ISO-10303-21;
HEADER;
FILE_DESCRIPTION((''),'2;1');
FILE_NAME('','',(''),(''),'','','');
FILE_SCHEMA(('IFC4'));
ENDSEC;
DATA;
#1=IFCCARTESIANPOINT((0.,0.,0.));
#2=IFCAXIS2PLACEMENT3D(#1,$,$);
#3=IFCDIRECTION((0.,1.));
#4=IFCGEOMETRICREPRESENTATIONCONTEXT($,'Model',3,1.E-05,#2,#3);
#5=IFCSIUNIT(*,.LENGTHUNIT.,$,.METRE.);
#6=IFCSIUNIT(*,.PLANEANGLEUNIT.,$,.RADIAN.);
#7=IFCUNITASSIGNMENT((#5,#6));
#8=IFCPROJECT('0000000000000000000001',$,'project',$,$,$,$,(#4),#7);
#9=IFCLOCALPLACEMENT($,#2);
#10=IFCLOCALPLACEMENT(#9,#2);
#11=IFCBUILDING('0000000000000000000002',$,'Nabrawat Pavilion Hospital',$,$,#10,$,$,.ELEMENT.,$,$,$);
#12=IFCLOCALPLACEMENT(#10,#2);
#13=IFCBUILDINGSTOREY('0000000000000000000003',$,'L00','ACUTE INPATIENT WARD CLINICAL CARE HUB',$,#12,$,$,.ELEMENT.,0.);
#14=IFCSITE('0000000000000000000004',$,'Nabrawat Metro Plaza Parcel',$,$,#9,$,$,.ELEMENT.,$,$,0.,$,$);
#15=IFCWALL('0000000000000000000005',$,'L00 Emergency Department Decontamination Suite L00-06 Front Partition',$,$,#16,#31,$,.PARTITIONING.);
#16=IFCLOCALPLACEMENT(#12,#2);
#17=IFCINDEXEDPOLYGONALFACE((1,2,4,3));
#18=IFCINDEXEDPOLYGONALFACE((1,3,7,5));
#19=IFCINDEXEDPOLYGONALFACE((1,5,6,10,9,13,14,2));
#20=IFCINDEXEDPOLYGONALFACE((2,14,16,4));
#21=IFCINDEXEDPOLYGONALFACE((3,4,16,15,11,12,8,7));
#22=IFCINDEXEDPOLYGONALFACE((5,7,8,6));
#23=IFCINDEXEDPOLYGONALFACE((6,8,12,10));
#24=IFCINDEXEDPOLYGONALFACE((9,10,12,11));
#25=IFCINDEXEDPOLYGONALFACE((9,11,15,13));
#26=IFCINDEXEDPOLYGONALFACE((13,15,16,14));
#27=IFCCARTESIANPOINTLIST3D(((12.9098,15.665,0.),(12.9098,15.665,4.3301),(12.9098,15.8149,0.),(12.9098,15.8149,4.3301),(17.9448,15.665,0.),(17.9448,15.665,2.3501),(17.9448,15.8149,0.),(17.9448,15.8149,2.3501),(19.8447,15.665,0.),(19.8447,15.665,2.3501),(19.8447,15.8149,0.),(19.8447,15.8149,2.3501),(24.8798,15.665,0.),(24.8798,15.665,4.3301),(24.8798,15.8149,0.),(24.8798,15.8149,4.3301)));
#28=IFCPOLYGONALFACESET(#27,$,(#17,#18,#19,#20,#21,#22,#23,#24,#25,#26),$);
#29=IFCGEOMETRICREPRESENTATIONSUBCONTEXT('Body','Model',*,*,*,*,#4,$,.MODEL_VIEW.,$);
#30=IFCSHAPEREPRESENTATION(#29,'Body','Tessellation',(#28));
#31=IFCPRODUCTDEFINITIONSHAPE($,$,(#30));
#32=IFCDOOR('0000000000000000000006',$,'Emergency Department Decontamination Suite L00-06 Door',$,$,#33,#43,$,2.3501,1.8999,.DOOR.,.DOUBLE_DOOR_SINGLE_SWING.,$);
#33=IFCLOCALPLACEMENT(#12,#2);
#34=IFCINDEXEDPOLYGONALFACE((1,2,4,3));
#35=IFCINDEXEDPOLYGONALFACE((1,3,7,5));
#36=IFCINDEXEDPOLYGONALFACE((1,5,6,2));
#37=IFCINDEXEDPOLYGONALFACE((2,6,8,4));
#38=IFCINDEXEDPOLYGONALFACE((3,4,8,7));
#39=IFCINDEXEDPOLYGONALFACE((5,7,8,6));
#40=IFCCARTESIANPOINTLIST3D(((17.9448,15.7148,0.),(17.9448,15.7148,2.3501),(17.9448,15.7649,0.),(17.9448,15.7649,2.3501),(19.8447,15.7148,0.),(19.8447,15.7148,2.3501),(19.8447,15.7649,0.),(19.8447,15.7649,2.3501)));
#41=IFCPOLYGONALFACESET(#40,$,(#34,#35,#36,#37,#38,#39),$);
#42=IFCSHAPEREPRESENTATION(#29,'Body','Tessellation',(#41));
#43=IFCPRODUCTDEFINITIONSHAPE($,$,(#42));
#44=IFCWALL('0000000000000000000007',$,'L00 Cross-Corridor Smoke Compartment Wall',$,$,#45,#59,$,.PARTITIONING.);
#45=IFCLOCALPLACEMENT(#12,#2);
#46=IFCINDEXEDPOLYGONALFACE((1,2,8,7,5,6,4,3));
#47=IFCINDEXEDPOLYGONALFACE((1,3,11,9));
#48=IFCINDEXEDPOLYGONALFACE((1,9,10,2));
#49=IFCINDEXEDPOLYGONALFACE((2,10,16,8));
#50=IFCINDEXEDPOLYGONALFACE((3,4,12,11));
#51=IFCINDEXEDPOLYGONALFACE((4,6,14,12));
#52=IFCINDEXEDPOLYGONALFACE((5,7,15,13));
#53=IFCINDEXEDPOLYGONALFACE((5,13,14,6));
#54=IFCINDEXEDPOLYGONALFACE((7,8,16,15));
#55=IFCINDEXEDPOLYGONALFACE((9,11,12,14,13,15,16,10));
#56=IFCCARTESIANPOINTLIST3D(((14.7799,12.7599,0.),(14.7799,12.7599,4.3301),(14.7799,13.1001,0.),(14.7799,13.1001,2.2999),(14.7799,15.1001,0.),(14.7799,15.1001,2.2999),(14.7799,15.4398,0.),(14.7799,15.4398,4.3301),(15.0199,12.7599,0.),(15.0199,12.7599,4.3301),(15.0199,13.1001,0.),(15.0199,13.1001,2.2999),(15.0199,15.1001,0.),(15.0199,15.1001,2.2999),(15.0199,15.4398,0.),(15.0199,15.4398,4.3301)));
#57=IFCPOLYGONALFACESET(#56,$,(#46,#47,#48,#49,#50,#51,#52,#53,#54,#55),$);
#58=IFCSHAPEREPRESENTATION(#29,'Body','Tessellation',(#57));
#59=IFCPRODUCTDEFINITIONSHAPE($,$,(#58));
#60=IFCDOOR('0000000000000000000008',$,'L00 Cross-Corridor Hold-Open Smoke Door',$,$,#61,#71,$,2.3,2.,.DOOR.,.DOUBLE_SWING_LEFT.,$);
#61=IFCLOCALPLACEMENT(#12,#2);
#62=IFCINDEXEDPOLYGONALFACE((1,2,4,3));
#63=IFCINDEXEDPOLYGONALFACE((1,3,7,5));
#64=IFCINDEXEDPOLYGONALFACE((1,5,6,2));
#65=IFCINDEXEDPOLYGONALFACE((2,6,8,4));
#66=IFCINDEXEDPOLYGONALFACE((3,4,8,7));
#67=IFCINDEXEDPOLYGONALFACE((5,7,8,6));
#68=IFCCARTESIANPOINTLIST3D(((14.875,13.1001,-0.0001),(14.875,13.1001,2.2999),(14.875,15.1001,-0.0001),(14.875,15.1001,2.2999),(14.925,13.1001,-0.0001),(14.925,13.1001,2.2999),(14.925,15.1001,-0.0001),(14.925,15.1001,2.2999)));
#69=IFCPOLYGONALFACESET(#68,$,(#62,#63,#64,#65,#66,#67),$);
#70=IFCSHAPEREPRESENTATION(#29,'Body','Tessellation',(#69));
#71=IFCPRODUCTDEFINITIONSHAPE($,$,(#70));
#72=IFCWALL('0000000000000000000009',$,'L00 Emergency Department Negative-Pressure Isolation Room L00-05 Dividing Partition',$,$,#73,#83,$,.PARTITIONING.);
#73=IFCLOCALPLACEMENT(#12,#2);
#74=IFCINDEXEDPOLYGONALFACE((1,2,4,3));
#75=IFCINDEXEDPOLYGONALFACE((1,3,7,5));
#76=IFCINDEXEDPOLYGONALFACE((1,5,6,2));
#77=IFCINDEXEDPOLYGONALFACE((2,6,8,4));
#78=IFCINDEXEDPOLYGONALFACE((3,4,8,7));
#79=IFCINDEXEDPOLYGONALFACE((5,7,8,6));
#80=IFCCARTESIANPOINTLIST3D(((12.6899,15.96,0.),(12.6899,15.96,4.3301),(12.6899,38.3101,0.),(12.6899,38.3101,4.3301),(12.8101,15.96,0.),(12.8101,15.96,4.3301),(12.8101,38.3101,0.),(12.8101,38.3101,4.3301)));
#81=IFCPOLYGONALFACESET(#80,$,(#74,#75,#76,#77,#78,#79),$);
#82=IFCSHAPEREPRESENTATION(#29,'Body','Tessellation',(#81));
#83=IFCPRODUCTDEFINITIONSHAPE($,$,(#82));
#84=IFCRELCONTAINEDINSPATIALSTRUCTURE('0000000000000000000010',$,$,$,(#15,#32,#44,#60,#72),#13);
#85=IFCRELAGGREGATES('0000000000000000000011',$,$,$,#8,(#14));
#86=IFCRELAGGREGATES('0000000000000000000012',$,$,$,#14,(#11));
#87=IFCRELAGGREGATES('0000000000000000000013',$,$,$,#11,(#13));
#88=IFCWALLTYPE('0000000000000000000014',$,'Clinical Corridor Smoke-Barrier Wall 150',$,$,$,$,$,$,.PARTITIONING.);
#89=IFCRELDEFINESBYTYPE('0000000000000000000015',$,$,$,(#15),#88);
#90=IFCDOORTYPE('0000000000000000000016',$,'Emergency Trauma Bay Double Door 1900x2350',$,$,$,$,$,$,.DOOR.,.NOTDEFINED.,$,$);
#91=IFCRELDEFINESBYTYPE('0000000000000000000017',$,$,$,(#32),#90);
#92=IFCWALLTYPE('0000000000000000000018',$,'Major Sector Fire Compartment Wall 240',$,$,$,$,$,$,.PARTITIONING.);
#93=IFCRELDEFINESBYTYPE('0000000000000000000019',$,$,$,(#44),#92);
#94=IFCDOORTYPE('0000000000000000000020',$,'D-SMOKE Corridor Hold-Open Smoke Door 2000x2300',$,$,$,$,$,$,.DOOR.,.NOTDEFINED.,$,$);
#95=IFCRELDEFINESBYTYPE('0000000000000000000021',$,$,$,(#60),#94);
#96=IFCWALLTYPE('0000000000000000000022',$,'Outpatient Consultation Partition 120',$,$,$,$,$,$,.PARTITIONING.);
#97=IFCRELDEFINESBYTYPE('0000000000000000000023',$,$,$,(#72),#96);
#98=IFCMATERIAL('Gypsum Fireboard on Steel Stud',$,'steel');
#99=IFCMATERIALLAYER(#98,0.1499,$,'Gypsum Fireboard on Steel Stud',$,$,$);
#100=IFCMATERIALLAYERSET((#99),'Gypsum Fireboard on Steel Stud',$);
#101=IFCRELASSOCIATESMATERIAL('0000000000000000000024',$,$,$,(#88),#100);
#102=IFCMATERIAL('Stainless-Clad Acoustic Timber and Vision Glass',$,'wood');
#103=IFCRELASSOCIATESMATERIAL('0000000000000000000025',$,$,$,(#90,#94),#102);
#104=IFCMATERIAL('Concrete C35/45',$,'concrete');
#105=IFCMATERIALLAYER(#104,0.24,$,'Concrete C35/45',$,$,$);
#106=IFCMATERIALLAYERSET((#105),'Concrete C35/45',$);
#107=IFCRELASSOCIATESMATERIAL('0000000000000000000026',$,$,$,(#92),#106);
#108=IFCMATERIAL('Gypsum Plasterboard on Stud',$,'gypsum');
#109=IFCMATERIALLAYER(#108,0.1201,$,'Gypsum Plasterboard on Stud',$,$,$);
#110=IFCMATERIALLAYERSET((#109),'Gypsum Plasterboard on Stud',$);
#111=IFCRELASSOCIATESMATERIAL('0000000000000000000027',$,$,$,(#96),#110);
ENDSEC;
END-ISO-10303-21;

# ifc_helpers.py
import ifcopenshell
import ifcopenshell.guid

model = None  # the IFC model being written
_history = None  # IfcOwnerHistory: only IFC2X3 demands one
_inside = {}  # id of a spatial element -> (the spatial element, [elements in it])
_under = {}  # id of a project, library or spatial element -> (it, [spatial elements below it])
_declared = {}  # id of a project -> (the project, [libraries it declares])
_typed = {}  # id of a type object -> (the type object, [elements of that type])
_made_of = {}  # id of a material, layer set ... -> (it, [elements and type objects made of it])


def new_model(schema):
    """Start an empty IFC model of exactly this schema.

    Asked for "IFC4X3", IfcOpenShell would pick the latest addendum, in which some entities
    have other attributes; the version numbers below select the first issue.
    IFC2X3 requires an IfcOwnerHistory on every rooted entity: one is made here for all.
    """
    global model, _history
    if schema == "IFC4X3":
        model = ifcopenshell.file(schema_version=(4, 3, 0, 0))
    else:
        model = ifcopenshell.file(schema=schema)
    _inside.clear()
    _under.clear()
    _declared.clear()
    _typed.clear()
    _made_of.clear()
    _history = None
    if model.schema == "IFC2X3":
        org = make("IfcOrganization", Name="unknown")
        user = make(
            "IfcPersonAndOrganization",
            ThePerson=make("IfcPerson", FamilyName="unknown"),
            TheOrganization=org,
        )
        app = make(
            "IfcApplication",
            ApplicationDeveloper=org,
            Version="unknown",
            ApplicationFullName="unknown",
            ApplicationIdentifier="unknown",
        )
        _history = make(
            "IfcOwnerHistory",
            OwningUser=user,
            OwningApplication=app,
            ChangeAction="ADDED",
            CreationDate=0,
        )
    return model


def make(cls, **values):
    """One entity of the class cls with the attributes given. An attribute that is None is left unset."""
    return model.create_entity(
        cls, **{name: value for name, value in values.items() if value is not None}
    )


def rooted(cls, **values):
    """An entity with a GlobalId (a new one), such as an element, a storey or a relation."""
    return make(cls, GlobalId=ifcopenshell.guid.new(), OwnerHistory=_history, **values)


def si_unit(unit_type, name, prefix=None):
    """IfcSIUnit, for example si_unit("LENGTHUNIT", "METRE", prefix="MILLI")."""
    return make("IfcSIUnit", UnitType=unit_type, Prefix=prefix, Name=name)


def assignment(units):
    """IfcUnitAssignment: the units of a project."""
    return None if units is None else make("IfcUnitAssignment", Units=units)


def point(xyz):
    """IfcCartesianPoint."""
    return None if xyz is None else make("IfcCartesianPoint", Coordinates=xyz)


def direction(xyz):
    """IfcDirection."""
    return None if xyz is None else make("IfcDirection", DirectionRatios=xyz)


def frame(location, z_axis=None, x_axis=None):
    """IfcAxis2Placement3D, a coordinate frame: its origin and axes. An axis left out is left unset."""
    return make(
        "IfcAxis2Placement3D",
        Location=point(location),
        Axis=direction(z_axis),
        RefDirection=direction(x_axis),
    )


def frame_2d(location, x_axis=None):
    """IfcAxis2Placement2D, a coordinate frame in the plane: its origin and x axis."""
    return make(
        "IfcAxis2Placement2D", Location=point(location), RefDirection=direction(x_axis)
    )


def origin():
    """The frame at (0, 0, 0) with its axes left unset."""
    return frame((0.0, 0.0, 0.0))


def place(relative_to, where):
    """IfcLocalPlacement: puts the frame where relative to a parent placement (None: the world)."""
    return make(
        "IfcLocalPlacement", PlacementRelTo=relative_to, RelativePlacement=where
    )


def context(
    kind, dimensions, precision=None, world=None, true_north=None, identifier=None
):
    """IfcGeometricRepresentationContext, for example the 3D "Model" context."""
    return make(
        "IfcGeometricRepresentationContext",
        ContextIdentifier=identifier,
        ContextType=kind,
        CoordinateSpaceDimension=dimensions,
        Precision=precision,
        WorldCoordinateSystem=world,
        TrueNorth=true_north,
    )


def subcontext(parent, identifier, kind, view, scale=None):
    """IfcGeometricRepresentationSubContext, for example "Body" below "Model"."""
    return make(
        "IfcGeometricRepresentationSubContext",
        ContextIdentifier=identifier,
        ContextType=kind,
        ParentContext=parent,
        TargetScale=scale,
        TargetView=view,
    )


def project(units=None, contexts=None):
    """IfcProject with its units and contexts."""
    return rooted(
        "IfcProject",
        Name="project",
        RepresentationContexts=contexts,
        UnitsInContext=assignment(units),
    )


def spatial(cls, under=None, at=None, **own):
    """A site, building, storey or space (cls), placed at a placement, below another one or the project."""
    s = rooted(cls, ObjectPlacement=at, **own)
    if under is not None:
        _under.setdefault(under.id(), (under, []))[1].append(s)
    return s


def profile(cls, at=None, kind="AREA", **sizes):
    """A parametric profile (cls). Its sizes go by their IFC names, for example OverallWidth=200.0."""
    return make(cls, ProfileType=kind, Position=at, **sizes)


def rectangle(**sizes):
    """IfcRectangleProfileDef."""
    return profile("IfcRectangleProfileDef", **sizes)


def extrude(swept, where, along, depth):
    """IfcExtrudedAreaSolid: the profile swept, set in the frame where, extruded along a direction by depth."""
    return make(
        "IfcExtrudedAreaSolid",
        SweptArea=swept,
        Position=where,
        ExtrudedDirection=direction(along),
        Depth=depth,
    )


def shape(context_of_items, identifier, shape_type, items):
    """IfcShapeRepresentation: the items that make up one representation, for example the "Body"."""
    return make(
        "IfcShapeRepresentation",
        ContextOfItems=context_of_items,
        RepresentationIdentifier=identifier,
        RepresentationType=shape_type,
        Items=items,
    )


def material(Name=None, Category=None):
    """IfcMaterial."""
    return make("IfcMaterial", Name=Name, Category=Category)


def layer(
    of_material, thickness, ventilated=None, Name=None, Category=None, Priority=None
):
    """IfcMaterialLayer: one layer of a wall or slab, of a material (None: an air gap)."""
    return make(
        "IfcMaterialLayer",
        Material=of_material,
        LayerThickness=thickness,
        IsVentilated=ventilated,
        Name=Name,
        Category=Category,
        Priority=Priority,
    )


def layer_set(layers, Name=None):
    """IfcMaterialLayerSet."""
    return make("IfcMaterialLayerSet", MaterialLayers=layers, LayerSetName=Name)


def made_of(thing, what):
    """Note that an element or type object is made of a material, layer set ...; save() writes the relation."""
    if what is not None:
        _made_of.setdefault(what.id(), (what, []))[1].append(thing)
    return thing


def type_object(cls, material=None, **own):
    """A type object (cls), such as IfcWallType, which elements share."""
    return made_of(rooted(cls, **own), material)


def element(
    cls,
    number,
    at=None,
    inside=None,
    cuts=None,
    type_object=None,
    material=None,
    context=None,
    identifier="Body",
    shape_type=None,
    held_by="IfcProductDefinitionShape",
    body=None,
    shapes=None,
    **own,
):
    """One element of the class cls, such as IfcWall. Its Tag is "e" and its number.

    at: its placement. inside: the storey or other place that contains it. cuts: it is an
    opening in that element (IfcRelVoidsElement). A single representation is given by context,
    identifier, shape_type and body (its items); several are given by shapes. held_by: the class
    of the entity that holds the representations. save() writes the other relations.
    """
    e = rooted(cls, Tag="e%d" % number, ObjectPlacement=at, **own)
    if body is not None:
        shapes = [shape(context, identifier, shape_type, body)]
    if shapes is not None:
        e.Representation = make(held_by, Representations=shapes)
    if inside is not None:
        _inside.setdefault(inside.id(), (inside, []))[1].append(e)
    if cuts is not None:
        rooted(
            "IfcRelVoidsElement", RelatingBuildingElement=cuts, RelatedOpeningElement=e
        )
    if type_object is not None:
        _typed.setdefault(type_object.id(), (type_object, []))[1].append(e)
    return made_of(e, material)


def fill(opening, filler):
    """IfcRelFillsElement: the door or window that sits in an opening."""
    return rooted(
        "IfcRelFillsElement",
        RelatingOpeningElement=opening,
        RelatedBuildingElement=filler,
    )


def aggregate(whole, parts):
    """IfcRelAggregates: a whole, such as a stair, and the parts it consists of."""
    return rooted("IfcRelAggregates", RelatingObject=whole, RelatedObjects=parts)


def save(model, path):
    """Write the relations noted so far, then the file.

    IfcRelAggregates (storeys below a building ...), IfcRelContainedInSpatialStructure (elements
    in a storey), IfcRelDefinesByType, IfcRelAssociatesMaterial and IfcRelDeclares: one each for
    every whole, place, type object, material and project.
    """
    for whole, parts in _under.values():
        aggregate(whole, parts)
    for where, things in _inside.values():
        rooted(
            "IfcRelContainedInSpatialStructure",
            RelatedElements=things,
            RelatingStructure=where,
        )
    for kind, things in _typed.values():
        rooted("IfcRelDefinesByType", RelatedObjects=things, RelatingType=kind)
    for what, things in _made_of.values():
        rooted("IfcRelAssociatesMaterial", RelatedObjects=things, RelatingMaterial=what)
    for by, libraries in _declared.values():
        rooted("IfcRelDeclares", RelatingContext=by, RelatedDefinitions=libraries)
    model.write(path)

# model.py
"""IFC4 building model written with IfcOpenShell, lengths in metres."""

from ifc_helpers import new_model, si_unit, direction, frame, frame_2d, origin, place, context, subcontext, project, spatial, rectangle, extrude, material, layer, layer_set, type_object, element, fill, save


model = new_model("IFC4")

# Units and contexts
model_context = context("Model", 3, precision=1e-05, world=origin(), true_north=direction((0.0, 1.0)))
body_context = subcontext(model_context, "Body", "Model", "MODEL_VIEW")
ifc_project = project(units=[si_unit("LENGTHUNIT", "METRE"), si_unit("PLANEANGLEUNIT", "RADIAN")], contexts=[model_context])

# Site, building, storey
site_placement = place(None, origin())
site = spatial("IfcSite", under=ifc_project, at=site_placement, Name="Nabrawat Metro Plaza Parcel", CompositionType="ELEMENT", RefElevation=0.0)
building_placement = place(site_placement, origin())
building = spatial("IfcBuilding", under=site, at=building_placement, Name="Nabrawat Pavilion Hospital", CompositionType="ELEMENT")
storey_placement = place(building_placement, origin())
storey = spatial("IfcBuildingStorey", under=building, at=storey_placement, Name="L00", Description="ACUTE INPATIENT WARD CLINICAL CARE HUB", CompositionType="ELEMENT", Elevation=0.0)

# Walls, openings, doors
ifc_material_1 = material(Name="Gypsum Fireboard on Steel Stud", Category="steel")
ifc_layer_1 = layer(ifc_material_1, 0.1499, Name="Gypsum Fireboard on Steel Stud")
ifc_layer_set_1 = layer_set([ifc_layer_1], Name="Gypsum Fireboard on Steel Stud")
wall_type_1 = type_object("IfcWallType", Name="Clinical Corridor Smoke-Barrier Wall 150", PredefinedType="PARTITIONING", material=ifc_layer_set_1)
ifc_material_2 = material(Name="Stainless-Clad Acoustic Timber and Vision Glass", Category="wood")
door_type_1 = type_object("IfcDoorType", Name="Emergency Trauma Bay Double Door 1900x2350", OperationType="NOTDEFINED", PredefinedType="DOOR", material=ifc_material_2)
wall_1_placement = place(storey_placement, frame((12.9099, 15.74, 0.0), z_axis=(0.0, 0.0, 1.0), x_axis=(1.0, 0.0, 0.0)))
wall_1 = element("IfcWall", 1, at=wall_1_placement, inside=storey, type_object=wall_type_1, Name="L00 Emergency Department Decontamination Suite L00-06 Front Partition", PredefinedType="PARTITIONING", context=body_context, shape_type="SweptSolid", body=[
    extrude(rectangle(XDim=11.97, YDim=0.1499, at=frame_2d((5.9849, 0.0))), origin(), (0.0, 0.0, 1.0), 4.3301),
])
opening_1_placement = place(wall_1_placement, frame((5.0349, 0.0, 0.0)))
opening_1 = element("IfcOpeningElement", 2, at=opening_1_placement, cuts=wall_1, PredefinedType="OPENING", context=body_context, shape_type="SweptSolid", body=[
    extrude(rectangle(XDim=1.8999, YDim=2.3501, at=frame_2d((0.95, 1.175))), frame((0.0, 0.085, 0.0), z_axis=(0.0, -1.0, 0.0), x_axis=(1.0, 0.0, 0.0)), (0.0, 0.0, 1.0), 0.1699),
])
door_1_placement = place(opening_1_placement, origin())
door_1 = element("IfcDoor", 3, at=door_1_placement, inside=storey, type_object=door_type_1, Name="Emergency Department Decontamination Suite L00-06 Door", OperationType="DOUBLE_DOOR_SINGLE_SWING", OverallHeight=2.3501, OverallWidth=1.8999, PredefinedType="DOOR", context=body_context, shape_type="SweptSolid", body=[
    extrude(rectangle(XDim=1.8999, YDim=2.3501, at=frame_2d((0.95, 1.175))), frame((0.0, 0.0249, 0.0), z_axis=(0.0, -1.0, 0.0), x_axis=(1.0, 0.0, 0.0)), (0.0, 0.0, 1.0), 0.05),
])
fill(opening_1, door_1)
ifc_material_3 = material(Name="Concrete C35/45", Category="concrete")
ifc_layer_2 = layer(ifc_material_3, 0.24, Name="Concrete C35/45")
ifc_layer_set_2 = layer_set([ifc_layer_2], Name="Concrete C35/45")
wall_type_2 = type_object("IfcWallType", Name="Major Sector Fire Compartment Wall 240", PredefinedType="PARTITIONING", material=ifc_layer_set_2)
wall_2_placement = place(storey_placement, frame((14.8999, 12.76, 0.0), z_axis=(0.0, 0.0, 1.0), x_axis=(0.0, 1.0, 0.0)))
wall_2 = element("IfcWall", 4, at=wall_2_placement, inside=storey, type_object=wall_type_2, Name="L00 Cross-Corridor Smoke Compartment Wall", PredefinedType="PARTITIONING", context=body_context, shape_type="SweptSolid", body=[
    extrude(rectangle(XDim=2.6799, YDim=0.24, at=frame_2d((1.3398, 0.0))), origin(), (0.0, 0.0, 1.0), 4.3301),
])
opening_2_placement = place(wall_2_placement, frame((0.3401, 0.0, 0.0)))
opening_2 = element("IfcOpeningElement", 5, at=opening_2_placement, cuts=wall_2, PredefinedType="OPENING", context=body_context, shape_type="SweptSolid", body=[
    extrude(rectangle(XDim=2.0, YDim=2.3, at=frame_2d((1.0, 1.1499))), frame((0.0, 0.1299, 0.0), z_axis=(0.0, -1.0, 0.0), x_axis=(1.0, 0.0, 0.0)), (0.0, 0.0, 1.0), 0.26),
])
door_type_2 = type_object("IfcDoorType", Name="D-SMOKE Corridor Hold-Open Smoke Door 2000x2300", OperationType="NOTDEFINED", PredefinedType="DOOR", material=ifc_material_2)
door_2_placement = place(opening_2_placement, origin())
door_2 = element("IfcDoor", 6, at=door_2_placement, inside=storey, type_object=door_type_2, Name="L00 Cross-Corridor Hold-Open Smoke Door", OperationType="DOUBLE_SWING_LEFT", OverallHeight=2.3, OverallWidth=2.0, PredefinedType="DOOR", context=body_context, shape_type="SweptSolid", body=[
    extrude(rectangle(XDim=2.0, YDim=2.3, at=frame_2d((1.0, 1.1499))), frame((0.0, 0.0249, 0.0), z_axis=(0.0, -1.0, 0.0), x_axis=(1.0, 0.0, 0.0)), (0.0, 0.0, 1.0), 0.05),
])
fill(opening_2, door_2)

# Wall
ifc_material_4 = material(Name="Gypsum Plasterboard on Stud", Category="gypsum")
ifc_layer_3 = layer(ifc_material_4, 0.1201, Name="Gypsum Plasterboard on Stud")
ifc_layer_set_3 = layer_set([ifc_layer_3], Name="Gypsum Plasterboard on Stud")
wall_type_3 = type_object("IfcWallType", Name="Outpatient Consultation Partition 120", PredefinedType="PARTITIONING", material=ifc_layer_set_3)
wall_3_placement = place(storey_placement, frame((12.75, 15.96, 0.0), z_axis=(0.0, 0.0, 1.0), x_axis=(0.0, 1.0, 0.0)))
element("IfcWall", 7, at=wall_3_placement, inside=storey, type_object=wall_type_3, Name="L00 Emergency Department Negative-Pressure Isolation Room L00-05 Dividing Partition", PredefinedType="PARTITIONING", context=body_context, shape_type="SweptSolid", body=[
    extrude(rectangle(XDim=22.3501, YDim=0.1201, at=frame_2d((11.175, 0.0))), origin(), (0.0, 0.0, 1.0), 4.3301),
])

save(model, "model.ifc")
